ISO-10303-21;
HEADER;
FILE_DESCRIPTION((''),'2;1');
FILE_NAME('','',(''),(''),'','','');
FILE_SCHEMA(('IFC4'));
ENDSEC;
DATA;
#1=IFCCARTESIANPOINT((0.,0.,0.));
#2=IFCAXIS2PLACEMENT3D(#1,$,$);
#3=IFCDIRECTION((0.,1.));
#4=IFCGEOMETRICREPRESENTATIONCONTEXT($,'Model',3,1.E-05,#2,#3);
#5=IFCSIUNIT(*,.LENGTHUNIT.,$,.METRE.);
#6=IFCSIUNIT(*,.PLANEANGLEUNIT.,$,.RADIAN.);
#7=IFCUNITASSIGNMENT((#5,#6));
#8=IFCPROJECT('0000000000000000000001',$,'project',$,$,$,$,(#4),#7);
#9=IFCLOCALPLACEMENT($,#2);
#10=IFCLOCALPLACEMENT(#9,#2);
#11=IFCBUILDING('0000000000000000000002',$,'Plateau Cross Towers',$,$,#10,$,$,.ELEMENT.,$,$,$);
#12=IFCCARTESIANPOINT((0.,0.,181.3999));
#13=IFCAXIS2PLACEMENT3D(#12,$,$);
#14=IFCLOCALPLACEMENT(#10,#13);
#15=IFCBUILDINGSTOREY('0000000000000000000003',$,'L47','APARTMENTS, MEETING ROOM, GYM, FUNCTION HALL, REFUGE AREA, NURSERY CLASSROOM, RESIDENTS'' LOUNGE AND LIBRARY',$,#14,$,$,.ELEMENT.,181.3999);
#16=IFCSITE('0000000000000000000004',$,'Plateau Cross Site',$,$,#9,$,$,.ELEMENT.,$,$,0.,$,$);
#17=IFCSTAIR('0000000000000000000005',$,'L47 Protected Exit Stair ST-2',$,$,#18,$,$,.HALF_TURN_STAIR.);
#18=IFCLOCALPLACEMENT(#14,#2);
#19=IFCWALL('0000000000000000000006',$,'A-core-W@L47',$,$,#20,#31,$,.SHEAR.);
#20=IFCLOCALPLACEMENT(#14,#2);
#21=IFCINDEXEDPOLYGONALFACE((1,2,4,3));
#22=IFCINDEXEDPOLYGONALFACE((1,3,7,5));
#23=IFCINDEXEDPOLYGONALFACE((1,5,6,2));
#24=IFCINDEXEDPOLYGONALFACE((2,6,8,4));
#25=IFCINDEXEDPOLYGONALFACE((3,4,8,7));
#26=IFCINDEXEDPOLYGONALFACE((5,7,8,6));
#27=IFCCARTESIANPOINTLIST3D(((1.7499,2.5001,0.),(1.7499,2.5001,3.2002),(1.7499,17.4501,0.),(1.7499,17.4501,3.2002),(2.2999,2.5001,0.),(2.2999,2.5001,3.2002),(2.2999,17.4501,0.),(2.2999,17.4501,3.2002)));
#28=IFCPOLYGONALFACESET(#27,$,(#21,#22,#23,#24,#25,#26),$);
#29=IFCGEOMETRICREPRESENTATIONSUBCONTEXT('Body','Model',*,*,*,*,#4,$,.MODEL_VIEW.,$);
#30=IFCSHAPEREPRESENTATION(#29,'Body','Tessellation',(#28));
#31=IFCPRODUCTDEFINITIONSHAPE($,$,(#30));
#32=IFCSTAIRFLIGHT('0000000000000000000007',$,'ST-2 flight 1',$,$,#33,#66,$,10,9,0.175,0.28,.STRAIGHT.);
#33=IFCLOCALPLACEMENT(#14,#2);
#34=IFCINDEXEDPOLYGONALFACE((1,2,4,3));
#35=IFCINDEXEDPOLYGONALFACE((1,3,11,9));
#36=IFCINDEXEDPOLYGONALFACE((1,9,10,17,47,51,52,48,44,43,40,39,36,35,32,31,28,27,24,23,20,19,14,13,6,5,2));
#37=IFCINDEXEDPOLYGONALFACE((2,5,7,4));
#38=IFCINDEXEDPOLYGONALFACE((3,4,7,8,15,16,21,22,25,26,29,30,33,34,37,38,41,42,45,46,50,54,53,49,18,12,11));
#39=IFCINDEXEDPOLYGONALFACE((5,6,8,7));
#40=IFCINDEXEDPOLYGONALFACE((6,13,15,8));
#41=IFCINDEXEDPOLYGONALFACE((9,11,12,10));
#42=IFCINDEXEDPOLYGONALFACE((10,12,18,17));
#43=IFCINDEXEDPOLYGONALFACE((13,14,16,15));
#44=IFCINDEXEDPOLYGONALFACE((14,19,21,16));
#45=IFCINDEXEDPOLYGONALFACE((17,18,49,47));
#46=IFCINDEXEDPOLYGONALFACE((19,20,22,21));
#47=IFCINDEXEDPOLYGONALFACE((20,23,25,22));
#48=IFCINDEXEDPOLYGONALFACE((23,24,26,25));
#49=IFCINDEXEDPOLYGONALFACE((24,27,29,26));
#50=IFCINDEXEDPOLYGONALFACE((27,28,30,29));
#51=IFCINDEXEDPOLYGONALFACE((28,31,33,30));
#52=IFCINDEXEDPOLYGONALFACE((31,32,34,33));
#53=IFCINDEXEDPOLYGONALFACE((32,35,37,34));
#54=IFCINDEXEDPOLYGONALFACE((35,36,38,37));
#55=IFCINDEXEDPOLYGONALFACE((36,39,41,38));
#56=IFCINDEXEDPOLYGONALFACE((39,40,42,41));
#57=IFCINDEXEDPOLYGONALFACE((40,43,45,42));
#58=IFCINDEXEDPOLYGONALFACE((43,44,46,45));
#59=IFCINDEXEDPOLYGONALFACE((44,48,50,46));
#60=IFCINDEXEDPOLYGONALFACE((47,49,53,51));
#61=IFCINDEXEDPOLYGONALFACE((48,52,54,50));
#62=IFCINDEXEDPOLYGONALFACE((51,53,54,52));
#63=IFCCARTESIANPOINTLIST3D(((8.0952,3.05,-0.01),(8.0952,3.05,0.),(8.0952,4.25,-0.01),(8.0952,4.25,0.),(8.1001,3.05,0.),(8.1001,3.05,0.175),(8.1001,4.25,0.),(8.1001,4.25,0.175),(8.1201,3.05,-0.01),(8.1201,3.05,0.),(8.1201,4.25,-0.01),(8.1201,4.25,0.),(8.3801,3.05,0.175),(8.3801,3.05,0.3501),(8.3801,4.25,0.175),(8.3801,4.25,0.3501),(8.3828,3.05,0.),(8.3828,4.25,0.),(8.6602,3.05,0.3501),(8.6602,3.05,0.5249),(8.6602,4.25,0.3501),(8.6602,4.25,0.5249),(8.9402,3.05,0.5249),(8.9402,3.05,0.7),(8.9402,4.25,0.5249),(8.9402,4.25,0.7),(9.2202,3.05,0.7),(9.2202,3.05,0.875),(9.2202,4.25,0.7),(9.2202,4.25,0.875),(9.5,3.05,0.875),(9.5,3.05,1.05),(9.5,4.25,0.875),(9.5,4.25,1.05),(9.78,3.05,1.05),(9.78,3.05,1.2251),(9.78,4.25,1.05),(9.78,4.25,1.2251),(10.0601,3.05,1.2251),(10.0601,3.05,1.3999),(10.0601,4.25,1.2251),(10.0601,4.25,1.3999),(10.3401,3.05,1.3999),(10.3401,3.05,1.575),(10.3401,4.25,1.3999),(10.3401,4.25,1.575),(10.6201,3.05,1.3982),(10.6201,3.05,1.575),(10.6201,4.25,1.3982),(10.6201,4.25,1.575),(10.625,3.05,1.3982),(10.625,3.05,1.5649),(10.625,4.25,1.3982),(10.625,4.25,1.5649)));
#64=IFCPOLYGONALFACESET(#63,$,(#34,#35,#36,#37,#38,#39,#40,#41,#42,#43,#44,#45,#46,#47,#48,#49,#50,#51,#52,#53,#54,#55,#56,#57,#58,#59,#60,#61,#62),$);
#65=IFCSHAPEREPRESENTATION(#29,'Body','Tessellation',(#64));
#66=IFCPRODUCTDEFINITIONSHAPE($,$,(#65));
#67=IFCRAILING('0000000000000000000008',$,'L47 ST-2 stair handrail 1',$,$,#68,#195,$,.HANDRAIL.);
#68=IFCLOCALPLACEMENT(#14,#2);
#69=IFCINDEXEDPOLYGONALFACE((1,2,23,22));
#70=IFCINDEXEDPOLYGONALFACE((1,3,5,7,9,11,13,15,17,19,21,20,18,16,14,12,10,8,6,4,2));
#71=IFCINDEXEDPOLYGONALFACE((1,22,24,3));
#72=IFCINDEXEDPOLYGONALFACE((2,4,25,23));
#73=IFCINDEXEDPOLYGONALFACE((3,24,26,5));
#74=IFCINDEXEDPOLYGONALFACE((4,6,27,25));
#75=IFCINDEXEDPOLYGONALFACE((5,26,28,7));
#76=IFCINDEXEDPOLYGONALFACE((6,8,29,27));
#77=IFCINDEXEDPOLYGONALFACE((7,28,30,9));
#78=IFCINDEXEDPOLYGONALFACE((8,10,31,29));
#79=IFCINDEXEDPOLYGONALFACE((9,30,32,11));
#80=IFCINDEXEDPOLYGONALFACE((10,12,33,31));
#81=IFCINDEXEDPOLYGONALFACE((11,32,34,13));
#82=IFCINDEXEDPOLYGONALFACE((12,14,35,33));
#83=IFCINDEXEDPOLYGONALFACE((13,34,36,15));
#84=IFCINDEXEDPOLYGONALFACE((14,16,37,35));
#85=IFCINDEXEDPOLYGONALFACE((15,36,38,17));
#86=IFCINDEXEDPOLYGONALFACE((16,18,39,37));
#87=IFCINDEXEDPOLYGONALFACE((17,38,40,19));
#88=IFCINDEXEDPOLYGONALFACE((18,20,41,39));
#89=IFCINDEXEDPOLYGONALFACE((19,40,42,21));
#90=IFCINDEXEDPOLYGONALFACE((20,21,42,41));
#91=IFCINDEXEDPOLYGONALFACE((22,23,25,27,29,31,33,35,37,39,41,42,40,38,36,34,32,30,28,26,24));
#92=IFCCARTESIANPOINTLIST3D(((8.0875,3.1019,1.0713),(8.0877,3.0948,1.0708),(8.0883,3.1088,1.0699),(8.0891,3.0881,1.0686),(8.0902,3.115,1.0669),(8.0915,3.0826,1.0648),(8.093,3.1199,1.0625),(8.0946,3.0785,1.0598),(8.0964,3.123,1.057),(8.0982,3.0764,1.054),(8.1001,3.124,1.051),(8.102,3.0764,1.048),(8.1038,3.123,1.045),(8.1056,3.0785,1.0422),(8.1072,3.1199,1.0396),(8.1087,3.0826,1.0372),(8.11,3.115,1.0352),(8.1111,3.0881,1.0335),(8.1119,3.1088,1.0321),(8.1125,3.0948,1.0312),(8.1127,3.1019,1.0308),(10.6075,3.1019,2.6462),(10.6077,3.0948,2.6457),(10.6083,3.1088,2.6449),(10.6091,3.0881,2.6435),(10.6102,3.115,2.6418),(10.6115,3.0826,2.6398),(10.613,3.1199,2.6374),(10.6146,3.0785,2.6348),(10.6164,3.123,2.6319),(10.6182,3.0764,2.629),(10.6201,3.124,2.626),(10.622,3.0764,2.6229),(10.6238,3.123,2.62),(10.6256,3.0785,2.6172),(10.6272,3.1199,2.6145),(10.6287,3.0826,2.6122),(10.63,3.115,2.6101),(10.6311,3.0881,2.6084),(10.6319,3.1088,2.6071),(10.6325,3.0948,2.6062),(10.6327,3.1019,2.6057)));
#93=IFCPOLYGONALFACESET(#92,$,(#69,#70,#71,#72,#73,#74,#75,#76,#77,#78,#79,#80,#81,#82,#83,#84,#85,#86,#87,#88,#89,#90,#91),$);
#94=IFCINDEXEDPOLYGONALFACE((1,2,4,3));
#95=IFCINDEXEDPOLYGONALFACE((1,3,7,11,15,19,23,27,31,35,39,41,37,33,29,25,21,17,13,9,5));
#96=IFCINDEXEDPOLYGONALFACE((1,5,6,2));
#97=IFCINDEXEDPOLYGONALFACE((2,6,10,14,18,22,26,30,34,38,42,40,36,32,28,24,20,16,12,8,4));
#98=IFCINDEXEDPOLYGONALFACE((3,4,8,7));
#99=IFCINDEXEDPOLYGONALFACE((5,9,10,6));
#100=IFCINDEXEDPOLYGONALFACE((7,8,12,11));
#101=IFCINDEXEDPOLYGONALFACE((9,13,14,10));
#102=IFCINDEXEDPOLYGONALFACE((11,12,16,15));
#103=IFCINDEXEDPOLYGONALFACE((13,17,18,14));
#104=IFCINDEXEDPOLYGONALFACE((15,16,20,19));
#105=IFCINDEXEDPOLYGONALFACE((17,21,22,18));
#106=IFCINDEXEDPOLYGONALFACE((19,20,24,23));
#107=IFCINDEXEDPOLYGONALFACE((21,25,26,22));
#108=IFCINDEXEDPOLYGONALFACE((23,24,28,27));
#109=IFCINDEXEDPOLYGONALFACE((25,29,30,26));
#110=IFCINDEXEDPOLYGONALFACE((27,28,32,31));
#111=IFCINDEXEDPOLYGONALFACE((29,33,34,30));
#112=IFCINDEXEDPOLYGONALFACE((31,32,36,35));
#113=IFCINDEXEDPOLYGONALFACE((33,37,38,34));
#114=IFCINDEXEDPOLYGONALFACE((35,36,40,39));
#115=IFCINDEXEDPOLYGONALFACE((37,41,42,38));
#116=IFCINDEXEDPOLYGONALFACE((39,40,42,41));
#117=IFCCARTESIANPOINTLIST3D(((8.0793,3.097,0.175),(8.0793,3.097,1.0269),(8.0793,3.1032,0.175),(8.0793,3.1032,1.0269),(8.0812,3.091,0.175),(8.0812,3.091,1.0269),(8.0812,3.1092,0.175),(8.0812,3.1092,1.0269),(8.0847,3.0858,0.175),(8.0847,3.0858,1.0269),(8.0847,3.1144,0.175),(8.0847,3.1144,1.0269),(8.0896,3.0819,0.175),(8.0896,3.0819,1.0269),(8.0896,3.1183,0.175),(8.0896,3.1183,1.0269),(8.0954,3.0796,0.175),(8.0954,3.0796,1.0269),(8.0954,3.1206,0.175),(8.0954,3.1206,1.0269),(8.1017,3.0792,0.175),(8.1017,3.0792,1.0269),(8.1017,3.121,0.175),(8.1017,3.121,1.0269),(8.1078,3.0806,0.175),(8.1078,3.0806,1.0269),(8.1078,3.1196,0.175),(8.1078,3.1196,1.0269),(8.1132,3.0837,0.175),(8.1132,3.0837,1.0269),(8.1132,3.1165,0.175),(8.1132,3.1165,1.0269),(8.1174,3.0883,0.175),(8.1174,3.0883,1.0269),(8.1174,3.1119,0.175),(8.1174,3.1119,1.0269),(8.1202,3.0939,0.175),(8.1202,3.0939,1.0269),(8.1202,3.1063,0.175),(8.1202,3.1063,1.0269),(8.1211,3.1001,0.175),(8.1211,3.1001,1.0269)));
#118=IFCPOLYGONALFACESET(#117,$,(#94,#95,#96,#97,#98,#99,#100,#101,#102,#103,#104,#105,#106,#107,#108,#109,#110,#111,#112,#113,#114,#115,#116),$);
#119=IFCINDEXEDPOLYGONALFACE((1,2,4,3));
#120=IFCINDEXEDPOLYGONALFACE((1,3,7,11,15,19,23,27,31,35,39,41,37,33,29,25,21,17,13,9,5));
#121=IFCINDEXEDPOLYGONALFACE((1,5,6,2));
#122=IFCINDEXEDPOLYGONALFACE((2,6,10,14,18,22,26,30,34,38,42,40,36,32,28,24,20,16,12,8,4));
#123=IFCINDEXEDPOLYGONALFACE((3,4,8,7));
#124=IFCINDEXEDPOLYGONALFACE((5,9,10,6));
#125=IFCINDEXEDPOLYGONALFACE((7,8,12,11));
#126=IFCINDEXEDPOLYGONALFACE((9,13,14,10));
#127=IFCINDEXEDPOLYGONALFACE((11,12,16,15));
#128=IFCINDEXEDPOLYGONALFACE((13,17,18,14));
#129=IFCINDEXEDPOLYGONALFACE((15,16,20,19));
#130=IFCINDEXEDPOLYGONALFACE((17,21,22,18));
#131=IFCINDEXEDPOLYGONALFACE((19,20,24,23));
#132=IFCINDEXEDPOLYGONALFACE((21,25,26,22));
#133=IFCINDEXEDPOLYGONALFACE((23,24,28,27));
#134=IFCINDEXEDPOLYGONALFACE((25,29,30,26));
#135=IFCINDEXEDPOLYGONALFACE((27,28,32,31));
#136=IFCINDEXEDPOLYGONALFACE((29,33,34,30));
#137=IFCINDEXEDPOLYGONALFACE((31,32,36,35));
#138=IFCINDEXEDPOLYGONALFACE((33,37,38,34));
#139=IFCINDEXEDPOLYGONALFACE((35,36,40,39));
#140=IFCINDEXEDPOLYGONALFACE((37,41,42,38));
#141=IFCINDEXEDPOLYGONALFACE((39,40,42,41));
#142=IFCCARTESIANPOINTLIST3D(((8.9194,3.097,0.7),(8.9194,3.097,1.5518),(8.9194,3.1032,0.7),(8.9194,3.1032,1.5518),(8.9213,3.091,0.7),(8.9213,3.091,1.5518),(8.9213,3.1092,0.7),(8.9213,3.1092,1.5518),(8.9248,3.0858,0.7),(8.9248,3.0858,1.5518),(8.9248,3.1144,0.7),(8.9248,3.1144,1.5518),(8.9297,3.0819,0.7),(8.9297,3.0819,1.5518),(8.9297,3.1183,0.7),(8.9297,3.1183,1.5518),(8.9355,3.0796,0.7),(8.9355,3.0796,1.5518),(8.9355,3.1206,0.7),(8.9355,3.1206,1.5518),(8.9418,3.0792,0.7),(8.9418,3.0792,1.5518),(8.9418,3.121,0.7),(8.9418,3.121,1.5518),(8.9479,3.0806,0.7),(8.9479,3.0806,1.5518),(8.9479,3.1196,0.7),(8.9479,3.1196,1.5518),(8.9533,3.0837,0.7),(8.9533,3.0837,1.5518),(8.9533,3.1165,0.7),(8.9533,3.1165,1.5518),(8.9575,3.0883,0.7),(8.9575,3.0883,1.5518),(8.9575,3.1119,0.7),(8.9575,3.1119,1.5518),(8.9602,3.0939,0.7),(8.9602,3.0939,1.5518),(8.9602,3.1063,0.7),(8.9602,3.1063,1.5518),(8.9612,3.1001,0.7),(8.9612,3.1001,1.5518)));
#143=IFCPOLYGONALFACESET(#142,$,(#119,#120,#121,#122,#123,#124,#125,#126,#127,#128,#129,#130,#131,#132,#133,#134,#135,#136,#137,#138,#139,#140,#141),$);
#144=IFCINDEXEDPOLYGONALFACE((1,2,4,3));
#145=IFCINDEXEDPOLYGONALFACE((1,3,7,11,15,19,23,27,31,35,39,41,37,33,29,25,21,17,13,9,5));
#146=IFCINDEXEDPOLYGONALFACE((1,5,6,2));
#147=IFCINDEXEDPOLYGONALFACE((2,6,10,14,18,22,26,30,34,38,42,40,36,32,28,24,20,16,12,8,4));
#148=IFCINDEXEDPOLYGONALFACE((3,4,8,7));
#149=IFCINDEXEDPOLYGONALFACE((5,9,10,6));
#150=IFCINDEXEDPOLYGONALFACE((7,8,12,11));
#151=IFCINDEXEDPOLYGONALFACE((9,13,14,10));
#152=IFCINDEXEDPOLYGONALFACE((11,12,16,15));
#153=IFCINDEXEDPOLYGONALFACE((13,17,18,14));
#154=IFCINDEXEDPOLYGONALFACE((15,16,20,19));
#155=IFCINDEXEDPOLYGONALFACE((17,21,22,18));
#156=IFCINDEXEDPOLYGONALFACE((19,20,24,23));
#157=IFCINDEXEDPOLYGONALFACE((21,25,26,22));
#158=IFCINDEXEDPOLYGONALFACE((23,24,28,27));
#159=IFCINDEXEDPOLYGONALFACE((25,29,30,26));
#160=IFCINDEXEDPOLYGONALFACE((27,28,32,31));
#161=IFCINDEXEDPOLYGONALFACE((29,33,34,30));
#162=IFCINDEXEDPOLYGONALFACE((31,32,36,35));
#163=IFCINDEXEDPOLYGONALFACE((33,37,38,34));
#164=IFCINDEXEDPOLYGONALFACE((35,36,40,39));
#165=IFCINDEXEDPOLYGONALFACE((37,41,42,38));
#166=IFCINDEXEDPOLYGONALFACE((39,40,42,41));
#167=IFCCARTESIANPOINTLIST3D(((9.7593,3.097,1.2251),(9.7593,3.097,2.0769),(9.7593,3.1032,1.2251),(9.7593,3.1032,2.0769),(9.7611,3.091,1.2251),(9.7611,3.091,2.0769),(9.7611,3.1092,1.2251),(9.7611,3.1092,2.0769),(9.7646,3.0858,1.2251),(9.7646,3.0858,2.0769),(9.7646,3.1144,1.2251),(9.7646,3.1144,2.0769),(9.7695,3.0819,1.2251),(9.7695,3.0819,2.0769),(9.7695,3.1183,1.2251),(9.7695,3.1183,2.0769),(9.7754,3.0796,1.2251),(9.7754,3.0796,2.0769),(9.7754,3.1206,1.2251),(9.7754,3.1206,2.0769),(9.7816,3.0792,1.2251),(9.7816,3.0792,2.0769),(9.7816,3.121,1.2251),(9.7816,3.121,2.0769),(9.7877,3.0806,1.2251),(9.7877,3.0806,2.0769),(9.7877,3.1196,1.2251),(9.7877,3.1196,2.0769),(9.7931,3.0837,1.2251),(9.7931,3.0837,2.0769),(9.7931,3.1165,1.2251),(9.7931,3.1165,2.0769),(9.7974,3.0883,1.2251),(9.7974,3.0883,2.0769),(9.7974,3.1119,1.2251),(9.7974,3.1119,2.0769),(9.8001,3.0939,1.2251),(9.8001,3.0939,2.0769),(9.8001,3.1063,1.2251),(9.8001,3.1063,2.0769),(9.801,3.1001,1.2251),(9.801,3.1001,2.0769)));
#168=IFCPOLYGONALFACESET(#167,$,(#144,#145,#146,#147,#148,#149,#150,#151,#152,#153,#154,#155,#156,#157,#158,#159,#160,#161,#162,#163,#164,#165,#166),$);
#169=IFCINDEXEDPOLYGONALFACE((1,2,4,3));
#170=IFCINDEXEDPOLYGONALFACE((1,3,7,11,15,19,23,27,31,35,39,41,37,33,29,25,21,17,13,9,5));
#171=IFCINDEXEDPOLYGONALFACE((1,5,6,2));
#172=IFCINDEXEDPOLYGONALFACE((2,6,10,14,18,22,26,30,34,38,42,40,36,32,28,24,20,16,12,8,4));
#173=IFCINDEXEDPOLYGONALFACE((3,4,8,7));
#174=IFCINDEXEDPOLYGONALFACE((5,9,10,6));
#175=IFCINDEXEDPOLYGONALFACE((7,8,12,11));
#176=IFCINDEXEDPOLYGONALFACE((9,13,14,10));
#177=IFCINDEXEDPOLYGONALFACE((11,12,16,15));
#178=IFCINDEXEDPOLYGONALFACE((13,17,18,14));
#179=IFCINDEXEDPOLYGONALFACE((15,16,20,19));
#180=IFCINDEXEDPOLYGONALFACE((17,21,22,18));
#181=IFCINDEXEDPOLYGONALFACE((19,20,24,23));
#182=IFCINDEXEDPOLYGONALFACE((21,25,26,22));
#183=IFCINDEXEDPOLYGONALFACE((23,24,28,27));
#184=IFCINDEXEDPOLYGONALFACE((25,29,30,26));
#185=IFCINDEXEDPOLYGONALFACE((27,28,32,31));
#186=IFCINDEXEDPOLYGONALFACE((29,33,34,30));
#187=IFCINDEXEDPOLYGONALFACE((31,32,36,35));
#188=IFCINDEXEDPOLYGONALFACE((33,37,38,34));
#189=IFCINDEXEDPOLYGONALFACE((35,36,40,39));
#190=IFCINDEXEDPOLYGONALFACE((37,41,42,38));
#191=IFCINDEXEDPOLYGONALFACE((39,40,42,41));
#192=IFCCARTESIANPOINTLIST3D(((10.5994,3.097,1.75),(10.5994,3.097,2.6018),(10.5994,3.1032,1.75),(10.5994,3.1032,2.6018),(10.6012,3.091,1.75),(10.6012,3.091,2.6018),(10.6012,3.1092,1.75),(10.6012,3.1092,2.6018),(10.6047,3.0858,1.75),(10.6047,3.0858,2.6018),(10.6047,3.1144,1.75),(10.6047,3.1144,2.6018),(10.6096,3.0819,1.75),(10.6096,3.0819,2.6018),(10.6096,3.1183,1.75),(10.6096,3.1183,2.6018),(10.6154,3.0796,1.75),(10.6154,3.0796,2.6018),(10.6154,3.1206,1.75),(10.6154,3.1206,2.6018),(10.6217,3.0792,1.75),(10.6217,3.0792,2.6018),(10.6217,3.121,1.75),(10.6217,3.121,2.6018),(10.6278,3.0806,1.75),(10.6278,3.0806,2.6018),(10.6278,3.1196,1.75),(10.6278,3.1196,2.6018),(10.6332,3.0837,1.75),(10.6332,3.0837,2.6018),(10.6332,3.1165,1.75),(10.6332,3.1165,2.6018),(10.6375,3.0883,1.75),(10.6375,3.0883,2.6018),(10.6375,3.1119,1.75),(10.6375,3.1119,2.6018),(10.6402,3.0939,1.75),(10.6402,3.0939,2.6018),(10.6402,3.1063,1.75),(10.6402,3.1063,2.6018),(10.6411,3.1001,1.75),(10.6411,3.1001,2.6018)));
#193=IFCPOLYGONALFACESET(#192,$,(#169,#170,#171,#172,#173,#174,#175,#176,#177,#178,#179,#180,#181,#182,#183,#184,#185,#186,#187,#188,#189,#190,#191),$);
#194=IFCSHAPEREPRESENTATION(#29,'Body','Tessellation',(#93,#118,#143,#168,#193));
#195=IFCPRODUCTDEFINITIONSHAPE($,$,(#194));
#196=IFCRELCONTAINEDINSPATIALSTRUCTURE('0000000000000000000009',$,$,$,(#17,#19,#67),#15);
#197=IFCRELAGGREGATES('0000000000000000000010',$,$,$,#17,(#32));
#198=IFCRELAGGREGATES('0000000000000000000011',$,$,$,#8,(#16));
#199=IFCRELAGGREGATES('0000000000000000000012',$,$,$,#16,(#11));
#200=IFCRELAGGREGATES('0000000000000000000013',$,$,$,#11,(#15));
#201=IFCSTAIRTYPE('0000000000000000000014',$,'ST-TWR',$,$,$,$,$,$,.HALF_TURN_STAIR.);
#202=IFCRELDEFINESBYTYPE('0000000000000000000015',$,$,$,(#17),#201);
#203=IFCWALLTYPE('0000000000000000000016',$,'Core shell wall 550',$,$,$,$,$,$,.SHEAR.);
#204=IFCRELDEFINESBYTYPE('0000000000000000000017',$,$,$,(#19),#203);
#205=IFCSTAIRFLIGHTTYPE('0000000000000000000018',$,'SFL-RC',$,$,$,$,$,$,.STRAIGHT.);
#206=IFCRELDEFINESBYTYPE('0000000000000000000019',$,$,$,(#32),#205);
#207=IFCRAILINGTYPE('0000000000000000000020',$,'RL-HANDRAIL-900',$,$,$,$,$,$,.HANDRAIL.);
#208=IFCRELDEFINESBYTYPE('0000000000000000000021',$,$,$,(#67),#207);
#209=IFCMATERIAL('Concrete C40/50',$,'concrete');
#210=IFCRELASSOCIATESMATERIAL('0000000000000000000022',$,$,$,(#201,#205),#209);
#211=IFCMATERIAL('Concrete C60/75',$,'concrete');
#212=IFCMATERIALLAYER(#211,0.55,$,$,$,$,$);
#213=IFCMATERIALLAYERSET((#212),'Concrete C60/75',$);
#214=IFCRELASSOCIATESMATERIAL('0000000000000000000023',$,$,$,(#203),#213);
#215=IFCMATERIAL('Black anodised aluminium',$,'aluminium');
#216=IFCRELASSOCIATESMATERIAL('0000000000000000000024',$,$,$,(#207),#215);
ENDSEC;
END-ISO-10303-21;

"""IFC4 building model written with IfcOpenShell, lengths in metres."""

from ifc_helpers import new_model, si_unit, direction, frame, frame_2d, origin, origin_2d, place, context, subcontext, project, spatial, polyline, rectangle, circle, outline, extrude, material, layer, layer_set, type_object, element, aggregate, save


model = new_model("IFC4")

# Units and contexts
model_context = context("Model", 3, precision=1e-05, world=origin(), true_north=direction((0.0, 1.0)))
body_context = subcontext(model_context, "Body", "Model", "MODEL_VIEW")
ifc_project = project(units=[si_unit("LENGTHUNIT", "METRE"), si_unit("PLANEANGLEUNIT", "RADIAN")], contexts=[model_context])

# Site, building, storey
site_placement = place(None, origin())
site = spatial("IfcSite", under=ifc_project, at=site_placement, Name="Plateau Cross Site", CompositionType="ELEMENT", RefElevation=0.0)
building_placement = place(site_placement, origin())
building = spatial("IfcBuilding", under=site, at=building_placement, Name="Plateau Cross Towers", CompositionType="ELEMENT")
storey_placement = place(building_placement, frame((0.0, 0.0, 181.3999)))
storey = spatial("IfcBuildingStorey", under=building, at=storey_placement, Name="L47", Description="APARTMENTS, MEETING ROOM, GYM, FUNCTION HALL, REFUGE AREA, NURSERY CLASSROOM, RESIDENTS' LOUNGE AND LIBRARY", CompositionType="ELEMENT", Elevation=181.3999)

# Shared definitions
ifc_material_1 = material(Name="Concrete C60/75", Category="concrete")

# Shared definitions
ifc_material_2 = material(Name="Black anodised aluminium", Category="aluminium")

# Shared definitions
ifc_material_3 = material(Name="Concrete C40/50", Category="concrete")

# Stair
stair_type = type_object("IfcStairType", Name="ST-TWR", PredefinedType="HALF_TURN_STAIR", material=ifc_material_3)
stair_1_placement = place(storey_placement, origin())
stair_1 = element("IfcStair", 1, at=stair_1_placement, inside=storey, type_object=stair_type, Name="L47 Protected Exit Stair ST-2", PredefinedType="HALF_TURN_STAIR")

# Wall
ifc_layer_1 = layer(ifc_material_1, 0.55)
ifc_layer_set_1 = layer_set([ifc_layer_1], Name="Concrete C60/75")
wall_type_1 = type_object("IfcWallType", Name="Core shell wall 550", PredefinedType="SHEAR", material=ifc_layer_set_1)
wall_1_placement = place(storey_placement, frame((2.0249, 2.5, 0.0), z_axis=(0.0, 0.0, 1.0), x_axis=(0.0, 1.0, 0.0)))
element("IfcWall", 2, at=wall_1_placement, inside=storey, type_object=wall_type_1, Name="A-core-W@L47", PredefinedType="SHEAR", context=body_context, shape_type="SweptSolid", body=[
    extrude(rectangle(XDim=14.95, YDim=0.55, at=frame_2d((7.4751, 0.0))), origin(), (0.0, 0.0, 1.0), 3.2002),
])

# Stair flight
stair_flight_type = type_object("IfcStairFlightType", Name="SFL-RC", PredefinedType="STRAIGHT", material=ifc_material_3)
stair_flight_placement = place(storey_placement, frame((8.1001, 3.6499, 0.0), z_axis=(0.0, 0.0, 1.0), x_axis=(1.0, 0.0, 0.0)))
stair_flight = element("IfcStairFlight", 3, at=stair_flight_placement, type_object=stair_flight_type, Name="ST-2 flight 1", NumberOfRisers=10, NumberOfTreads=9, PredefinedType="STRAIGHT", RiserHeight=0.175, TreadLength=0.28, context=body_context, shape_type="SweptSolid", body=[
    extrude(outline(polyline([(-0.0049, -0.01), (-0.0049, 0.0), (0.0, 0.0), (0.0, 0.175), (0.28, 0.175), (0.28, 0.3501), (0.5601, 0.3501), (0.5601, 0.5249), (0.8401, 0.5249), (0.8401, 0.7), (1.1201, 0.7), (1.1201, 0.875), (1.3999, 0.875), (1.3999, 1.05), (1.6799, 1.05), (1.6799, 1.2251), (1.96, 1.2251), (1.96, 1.3999), (2.24, 1.3999), (2.24, 1.575), (2.52, 1.575), (2.5249, 1.5649), (2.5249, 1.3982), (2.52, 1.3982), (0.2827, 0.0), (0.02, 0.0), (0.02, -0.01), (-0.0049, -0.01)])), frame((0.0, 0.6001, 0.0), z_axis=(0.0, -1.0, 0.0), x_axis=(1.0, 0.0, 0.0)), (0.0, 0.0, 1.0), 1.2),
])
aggregate(stair_1, [stair_flight])

# Railing
railing_type = type_object("IfcRailingType", Name="RL-HANDRAIL-900", PredefinedType="HANDRAIL", material=ifc_material_2)
railing_placement = place(storey_placement, frame((8.1001, 3.1001, 0.175)))
element("IfcRailing", 4, at=railing_placement, inside=storey, type_object=railing_type, Name="L47 ST-2 stair handrail 1", PredefinedType="HANDRAIL", context=body_context, shape_type="SweptSolid", body=[
    extrude(circle(Radius=0.0239, at=origin_2d()), frame((0.0, 0.0, 0.876), z_axis=(0.848008, 0.0, 0.529984), x_axis=(0.0, 1.0, 0.0)), (0.0, 0.0, 1.0), 2.9717),
    extrude(circle(Radius=0.021, at=origin_2d()), origin(), (0.0, 0.0, 1.0), 0.8518),
    extrude(circle(Radius=0.021, at=origin_2d()), frame((0.8401, 0.0, 0.5249)), (0.0, 0.0, 1.0), 0.8518),
    extrude(circle(Radius=0.021, at=origin_2d()), frame((1.6799, 0.0, 1.05)), (0.0, 0.0, 1.0), 0.8518),
    extrude(circle(Radius=0.021, at=origin_2d()), frame((2.52, 0.0, 1.575)), (0.0, 0.0, 1.0), 0.8518),
])

save(model, "model.ifc")
